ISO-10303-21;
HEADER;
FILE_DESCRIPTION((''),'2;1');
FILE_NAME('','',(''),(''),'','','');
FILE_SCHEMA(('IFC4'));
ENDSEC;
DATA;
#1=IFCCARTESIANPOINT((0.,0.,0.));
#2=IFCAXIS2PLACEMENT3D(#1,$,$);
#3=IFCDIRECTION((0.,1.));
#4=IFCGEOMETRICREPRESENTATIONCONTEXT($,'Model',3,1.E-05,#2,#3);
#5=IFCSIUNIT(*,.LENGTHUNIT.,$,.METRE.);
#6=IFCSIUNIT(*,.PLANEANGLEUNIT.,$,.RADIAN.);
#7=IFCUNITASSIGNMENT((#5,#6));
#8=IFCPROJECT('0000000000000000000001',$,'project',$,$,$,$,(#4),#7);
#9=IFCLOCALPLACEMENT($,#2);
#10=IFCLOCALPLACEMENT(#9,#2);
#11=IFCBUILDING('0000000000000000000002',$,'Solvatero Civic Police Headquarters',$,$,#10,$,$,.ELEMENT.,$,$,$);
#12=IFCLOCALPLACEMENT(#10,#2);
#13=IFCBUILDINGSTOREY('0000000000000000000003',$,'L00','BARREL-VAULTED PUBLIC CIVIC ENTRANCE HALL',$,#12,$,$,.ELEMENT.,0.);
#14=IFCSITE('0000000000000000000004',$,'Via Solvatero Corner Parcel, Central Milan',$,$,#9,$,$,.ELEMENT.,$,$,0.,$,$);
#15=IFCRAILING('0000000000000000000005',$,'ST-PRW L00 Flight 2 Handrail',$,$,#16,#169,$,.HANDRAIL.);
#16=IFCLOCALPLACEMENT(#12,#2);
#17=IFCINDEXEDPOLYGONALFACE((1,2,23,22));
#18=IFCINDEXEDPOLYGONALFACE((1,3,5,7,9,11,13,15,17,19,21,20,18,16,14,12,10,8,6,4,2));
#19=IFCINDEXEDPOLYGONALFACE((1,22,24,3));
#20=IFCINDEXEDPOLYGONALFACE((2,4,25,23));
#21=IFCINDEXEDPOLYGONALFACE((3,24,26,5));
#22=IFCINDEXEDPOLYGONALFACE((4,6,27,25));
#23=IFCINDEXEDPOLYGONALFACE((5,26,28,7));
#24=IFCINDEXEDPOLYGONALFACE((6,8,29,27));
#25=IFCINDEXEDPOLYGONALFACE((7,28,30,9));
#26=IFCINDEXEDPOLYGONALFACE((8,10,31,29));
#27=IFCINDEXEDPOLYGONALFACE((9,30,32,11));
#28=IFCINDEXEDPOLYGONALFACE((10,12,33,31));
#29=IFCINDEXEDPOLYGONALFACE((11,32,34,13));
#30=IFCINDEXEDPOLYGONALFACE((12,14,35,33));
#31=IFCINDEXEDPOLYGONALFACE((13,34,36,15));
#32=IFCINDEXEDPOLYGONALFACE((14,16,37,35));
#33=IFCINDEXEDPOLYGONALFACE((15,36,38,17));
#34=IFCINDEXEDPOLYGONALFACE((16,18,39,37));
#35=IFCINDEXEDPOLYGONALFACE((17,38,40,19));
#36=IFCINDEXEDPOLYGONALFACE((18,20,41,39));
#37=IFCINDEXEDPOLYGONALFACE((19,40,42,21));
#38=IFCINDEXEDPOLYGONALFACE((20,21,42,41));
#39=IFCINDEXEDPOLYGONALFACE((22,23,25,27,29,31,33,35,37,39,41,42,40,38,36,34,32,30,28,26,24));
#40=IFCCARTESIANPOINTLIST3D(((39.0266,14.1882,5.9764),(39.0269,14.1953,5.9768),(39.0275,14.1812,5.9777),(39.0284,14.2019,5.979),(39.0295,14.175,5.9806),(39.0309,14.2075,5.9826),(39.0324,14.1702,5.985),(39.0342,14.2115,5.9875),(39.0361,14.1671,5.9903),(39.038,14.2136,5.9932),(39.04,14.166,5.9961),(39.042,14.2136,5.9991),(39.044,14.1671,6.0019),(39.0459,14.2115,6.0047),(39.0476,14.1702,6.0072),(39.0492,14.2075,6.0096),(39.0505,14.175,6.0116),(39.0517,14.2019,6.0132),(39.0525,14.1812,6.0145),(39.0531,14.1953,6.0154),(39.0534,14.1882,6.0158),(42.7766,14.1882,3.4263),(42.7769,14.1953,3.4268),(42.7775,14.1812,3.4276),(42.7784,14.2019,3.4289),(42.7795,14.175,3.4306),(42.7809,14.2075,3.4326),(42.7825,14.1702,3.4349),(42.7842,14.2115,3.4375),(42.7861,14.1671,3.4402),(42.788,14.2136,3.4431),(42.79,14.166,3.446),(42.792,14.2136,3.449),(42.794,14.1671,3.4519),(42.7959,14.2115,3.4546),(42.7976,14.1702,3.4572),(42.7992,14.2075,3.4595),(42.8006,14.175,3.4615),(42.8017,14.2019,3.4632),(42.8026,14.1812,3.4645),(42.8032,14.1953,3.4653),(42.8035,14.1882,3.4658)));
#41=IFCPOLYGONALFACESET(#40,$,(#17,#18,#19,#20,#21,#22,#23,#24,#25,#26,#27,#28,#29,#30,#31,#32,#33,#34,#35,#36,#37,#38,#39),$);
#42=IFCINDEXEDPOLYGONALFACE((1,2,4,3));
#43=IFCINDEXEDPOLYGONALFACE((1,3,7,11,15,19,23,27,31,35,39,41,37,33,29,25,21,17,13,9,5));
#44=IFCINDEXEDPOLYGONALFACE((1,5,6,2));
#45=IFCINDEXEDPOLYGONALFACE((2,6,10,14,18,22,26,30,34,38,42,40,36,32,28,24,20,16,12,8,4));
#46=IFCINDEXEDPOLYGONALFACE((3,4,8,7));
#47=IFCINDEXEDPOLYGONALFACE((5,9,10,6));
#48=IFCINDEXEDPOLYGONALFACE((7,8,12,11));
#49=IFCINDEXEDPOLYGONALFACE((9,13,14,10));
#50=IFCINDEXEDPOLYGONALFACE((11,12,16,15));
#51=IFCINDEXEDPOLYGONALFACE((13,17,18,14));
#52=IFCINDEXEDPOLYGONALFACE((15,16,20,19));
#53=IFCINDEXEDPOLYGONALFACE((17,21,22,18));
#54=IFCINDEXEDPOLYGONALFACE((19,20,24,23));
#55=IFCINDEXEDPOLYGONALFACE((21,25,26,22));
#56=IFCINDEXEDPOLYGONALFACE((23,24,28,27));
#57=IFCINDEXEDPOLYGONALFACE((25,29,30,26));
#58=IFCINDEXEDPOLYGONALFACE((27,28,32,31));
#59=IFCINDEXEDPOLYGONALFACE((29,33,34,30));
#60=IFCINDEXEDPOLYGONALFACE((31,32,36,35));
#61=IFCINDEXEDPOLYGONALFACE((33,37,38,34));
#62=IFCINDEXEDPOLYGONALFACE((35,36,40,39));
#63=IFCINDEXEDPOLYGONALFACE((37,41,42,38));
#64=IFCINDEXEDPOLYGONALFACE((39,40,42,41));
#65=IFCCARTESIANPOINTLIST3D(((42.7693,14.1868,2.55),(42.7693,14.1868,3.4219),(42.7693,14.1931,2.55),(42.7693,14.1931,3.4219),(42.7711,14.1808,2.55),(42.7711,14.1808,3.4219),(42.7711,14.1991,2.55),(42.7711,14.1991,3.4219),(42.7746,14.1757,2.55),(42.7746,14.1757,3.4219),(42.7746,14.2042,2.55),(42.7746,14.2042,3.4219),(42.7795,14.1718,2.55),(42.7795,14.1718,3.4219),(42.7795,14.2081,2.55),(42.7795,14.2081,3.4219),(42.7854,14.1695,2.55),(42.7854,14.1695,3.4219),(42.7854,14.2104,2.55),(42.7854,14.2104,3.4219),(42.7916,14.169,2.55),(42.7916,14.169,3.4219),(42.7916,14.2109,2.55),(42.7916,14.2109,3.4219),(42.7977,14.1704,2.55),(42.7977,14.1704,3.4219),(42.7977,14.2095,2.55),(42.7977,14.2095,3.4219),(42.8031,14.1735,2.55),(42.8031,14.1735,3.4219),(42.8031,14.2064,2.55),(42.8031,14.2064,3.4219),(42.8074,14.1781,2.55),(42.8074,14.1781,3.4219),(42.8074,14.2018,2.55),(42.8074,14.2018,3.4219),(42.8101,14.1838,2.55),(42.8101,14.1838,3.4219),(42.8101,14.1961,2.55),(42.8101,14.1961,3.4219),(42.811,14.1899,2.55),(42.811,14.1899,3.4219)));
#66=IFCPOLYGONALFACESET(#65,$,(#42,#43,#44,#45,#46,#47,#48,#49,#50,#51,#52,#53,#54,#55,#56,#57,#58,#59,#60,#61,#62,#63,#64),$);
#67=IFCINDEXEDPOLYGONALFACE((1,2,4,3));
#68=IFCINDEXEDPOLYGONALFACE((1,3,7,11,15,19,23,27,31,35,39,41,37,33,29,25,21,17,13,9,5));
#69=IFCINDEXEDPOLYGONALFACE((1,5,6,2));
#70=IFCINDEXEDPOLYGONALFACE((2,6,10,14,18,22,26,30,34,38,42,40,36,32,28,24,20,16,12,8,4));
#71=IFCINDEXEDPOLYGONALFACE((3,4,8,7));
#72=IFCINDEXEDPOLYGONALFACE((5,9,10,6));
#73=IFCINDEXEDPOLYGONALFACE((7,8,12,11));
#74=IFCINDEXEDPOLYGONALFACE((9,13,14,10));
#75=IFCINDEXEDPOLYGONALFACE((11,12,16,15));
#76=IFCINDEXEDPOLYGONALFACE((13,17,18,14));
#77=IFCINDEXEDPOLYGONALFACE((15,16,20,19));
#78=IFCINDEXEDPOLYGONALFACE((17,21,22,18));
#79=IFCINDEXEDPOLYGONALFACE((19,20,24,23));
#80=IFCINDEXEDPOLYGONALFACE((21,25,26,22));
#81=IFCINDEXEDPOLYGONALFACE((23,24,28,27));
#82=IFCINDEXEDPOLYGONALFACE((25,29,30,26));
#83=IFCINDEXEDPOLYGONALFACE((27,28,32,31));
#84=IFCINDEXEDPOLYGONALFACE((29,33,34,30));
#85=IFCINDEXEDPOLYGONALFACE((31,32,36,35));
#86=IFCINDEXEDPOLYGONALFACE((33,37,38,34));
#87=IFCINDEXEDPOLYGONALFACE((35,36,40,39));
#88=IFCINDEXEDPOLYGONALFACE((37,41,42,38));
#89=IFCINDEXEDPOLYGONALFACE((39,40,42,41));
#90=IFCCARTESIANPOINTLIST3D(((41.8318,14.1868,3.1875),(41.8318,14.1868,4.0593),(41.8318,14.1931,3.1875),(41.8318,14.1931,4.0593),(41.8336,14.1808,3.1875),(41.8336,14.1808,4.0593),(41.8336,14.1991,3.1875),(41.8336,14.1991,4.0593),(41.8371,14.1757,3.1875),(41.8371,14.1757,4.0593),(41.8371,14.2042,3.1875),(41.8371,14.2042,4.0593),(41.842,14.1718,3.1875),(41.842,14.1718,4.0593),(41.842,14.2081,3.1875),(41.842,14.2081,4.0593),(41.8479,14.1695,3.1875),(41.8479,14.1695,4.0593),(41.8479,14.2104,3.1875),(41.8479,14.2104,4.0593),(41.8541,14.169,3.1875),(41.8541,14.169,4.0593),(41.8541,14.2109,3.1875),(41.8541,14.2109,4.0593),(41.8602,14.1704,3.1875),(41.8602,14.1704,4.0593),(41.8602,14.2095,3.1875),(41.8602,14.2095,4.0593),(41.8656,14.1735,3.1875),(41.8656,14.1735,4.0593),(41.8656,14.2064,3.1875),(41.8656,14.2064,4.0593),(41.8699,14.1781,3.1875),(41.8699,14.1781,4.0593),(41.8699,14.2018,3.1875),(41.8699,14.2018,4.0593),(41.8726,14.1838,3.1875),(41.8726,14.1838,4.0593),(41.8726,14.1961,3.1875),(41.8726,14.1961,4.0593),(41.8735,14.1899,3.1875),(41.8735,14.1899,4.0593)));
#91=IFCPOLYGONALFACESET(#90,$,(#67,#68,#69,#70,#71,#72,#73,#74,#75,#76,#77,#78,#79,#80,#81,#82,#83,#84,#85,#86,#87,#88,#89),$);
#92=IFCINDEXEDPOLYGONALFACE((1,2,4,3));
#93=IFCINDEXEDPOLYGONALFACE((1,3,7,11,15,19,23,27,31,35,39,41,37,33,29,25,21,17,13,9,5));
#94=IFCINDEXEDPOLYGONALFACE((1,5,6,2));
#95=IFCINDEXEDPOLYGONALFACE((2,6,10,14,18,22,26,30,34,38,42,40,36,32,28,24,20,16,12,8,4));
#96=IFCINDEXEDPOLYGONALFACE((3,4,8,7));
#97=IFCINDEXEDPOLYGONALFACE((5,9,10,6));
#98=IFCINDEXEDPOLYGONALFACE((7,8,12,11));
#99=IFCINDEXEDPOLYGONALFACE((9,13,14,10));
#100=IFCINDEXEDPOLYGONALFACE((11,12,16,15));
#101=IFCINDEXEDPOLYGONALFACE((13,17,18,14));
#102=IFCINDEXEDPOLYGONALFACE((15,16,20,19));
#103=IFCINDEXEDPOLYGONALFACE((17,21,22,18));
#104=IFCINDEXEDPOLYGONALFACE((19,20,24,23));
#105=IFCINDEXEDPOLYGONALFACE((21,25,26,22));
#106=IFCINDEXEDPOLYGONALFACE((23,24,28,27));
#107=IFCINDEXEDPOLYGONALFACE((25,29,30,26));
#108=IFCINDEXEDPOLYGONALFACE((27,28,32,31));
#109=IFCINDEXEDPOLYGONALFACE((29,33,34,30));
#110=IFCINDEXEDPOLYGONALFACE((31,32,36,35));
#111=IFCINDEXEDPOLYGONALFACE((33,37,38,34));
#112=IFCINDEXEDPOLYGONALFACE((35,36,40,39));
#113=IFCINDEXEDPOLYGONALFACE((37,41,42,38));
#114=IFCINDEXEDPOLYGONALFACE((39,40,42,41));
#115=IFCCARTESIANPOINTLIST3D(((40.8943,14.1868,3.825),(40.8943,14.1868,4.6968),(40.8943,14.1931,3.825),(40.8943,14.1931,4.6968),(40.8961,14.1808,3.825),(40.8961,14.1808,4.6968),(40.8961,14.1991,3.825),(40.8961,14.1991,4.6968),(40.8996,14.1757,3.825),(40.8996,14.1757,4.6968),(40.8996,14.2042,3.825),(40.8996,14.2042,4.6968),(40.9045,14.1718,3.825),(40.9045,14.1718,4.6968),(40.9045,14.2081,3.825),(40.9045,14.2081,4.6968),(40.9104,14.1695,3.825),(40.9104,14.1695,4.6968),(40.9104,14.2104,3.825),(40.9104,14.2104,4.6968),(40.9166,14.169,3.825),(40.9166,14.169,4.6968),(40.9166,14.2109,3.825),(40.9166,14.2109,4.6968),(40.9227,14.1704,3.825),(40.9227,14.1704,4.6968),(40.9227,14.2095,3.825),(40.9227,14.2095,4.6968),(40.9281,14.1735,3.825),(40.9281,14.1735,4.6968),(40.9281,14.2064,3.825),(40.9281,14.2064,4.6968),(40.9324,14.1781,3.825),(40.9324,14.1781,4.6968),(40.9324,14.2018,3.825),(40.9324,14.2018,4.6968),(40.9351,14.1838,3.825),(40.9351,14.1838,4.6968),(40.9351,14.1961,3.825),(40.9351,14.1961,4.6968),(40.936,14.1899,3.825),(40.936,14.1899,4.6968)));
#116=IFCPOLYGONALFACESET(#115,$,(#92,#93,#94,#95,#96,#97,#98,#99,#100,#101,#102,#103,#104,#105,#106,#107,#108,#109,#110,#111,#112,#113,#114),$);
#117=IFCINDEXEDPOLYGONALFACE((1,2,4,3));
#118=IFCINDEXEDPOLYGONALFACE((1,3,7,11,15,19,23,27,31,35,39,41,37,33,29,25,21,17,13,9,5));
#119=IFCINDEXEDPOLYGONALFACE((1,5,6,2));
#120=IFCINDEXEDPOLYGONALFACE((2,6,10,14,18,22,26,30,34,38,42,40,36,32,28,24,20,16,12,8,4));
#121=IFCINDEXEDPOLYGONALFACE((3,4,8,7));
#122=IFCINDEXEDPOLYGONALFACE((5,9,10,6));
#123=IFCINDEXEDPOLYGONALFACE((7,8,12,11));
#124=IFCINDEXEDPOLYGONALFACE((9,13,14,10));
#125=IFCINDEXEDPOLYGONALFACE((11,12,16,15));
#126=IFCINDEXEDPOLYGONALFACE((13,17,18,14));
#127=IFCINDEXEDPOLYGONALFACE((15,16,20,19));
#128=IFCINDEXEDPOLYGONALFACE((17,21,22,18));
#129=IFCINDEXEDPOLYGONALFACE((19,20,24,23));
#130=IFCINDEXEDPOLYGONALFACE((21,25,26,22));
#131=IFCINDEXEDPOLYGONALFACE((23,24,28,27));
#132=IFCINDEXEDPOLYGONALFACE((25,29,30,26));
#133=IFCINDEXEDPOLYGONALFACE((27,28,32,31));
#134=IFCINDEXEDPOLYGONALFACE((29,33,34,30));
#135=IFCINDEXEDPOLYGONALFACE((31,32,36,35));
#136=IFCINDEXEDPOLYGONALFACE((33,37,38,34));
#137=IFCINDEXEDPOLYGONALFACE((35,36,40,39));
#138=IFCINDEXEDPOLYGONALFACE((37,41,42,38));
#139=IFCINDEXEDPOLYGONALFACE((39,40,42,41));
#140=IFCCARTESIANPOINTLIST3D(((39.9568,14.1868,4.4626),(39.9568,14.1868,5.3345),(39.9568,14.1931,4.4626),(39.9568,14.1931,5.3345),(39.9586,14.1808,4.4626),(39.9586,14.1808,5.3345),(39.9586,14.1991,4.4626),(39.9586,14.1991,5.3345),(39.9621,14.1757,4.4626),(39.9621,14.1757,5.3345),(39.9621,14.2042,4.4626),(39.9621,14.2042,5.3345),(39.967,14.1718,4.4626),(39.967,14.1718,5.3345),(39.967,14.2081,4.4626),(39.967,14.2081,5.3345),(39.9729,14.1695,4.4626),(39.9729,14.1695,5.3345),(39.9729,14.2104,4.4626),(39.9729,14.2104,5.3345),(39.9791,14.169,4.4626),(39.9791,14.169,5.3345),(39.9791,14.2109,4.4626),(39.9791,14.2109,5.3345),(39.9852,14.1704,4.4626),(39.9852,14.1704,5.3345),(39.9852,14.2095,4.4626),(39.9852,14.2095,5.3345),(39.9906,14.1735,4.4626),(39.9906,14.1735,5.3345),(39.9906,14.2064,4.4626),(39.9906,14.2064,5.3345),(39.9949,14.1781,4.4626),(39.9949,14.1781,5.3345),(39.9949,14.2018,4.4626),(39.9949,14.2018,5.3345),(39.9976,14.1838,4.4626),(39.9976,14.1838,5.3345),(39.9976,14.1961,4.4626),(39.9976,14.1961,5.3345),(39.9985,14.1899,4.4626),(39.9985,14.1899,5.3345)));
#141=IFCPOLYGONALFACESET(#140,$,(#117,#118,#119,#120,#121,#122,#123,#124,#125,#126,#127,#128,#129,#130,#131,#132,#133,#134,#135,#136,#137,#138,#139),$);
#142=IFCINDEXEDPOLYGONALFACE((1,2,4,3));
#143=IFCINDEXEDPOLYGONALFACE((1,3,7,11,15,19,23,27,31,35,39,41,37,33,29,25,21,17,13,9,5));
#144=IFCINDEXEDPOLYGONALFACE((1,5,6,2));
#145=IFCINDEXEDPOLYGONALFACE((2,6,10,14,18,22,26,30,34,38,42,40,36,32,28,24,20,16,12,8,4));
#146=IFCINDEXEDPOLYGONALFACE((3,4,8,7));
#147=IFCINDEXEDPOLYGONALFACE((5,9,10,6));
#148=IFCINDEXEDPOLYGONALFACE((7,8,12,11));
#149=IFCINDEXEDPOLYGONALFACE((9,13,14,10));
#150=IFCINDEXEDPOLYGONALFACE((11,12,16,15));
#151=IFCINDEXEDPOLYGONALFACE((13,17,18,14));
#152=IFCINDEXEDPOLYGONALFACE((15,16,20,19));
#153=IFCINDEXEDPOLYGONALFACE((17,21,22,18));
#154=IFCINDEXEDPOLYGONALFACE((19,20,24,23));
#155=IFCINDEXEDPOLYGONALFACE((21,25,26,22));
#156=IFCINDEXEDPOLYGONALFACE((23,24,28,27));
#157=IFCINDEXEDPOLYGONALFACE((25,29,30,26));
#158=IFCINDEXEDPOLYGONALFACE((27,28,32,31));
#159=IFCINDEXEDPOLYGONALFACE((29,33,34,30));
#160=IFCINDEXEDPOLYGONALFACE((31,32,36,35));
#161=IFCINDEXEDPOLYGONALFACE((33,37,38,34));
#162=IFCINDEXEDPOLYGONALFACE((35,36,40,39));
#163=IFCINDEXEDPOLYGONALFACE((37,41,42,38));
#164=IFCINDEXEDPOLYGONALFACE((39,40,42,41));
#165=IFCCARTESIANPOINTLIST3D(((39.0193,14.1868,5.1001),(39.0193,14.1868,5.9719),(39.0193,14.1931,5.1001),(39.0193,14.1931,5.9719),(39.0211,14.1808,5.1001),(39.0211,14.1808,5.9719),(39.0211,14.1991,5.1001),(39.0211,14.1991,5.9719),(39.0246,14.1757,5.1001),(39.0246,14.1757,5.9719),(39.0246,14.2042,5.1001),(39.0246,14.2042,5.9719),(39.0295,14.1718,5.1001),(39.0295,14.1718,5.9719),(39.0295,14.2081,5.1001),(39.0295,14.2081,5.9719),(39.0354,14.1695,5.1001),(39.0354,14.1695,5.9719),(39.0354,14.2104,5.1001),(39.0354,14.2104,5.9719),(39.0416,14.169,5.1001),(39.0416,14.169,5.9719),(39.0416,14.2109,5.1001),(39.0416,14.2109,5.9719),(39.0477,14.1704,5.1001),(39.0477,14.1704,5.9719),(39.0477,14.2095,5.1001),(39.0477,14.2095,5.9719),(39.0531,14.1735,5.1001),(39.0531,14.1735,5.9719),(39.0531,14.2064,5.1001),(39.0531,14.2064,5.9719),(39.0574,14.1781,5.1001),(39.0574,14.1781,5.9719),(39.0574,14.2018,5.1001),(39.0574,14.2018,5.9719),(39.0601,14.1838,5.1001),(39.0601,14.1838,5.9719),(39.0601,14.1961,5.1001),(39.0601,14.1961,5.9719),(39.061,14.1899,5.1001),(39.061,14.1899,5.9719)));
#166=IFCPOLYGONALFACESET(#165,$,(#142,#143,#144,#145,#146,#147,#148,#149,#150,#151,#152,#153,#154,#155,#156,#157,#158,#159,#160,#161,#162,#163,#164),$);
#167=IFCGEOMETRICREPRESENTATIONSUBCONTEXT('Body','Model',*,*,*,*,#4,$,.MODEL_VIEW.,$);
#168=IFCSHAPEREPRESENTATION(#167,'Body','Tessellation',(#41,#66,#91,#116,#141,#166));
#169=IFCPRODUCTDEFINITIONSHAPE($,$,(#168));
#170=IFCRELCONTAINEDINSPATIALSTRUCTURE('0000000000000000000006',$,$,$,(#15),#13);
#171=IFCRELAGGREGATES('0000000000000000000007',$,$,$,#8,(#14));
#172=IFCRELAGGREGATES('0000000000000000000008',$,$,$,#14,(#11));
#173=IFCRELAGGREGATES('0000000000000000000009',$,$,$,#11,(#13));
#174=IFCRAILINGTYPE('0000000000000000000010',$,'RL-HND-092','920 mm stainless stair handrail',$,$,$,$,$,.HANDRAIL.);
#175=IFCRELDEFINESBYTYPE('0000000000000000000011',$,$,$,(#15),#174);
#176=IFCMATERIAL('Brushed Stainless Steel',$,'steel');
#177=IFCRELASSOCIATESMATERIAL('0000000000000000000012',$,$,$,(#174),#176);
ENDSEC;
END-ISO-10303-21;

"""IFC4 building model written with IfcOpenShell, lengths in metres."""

from ifc_helpers import new_model, si_unit, direction, frame, origin, origin_2d, place, context, subcontext, project, spatial, circle, extrude, material, type_object, element, save


model = new_model("IFC4")

# Units and contexts
model_context = context("Model", 3, precision=1e-05, world=origin(), true_north=direction((0.0, 1.0)))
body_context = subcontext(model_context, "Body", "Model", "MODEL_VIEW")
ifc_project = project(units=[si_unit("LENGTHUNIT", "METRE"), si_unit("PLANEANGLEUNIT", "RADIAN")], contexts=[model_context])

# Site, building, storey
site_placement = place(None, origin())
site = spatial("IfcSite", under=ifc_project, at=site_placement, Name="Via Solvatero Corner Parcel, Central Milan", CompositionType="ELEMENT", RefElevation=0.0)
building_placement = place(site_placement, origin())
building = spatial("IfcBuilding", under=site, at=building_placement, Name="Solvatero Civic Police Headquarters", CompositionType="ELEMENT")
storey_placement = place(building_placement, origin())
storey = spatial("IfcBuildingStorey", under=building, at=storey_placement, Name="L00", Description="BARREL-VAULTED PUBLIC CIVIC ENTRANCE HALL", CompositionType="ELEMENT", Elevation=0.0)

# Railing
ifc_material_1 = material(Name="Brushed Stainless Steel", Category="steel")
railing_type_1 = type_object("IfcRailingType", Name="RL-HND-092", Description="920 mm stainless stair handrail", PredefinedType="HANDRAIL", material=ifc_material_1)
railing_1_placement = place(storey_placement, frame((42.79, 14.1899, 2.55)))
element("IfcRailing", 1, at=railing_1_placement, inside=storey, type_object=railing_type_1, Name="ST-PRW L00 Flight 2 Handrail", PredefinedType="HANDRAIL", context=body_context, shape_type="SweptSolid", body=[
    extrude(circle(Radius=0.0239, at=origin_2d()), frame((0.0, 0.0, 0.896), z_axis=(-0.826921, 0.0, 0.562317), x_axis=(0.0, -1.0, 0.0)), (0.0, 0.0, 1.0), 4.5349),
    extrude(circle(Radius=0.021, at=origin_2d()), origin(), (0.0, 0.0, 1.0), 0.8718),
    extrude(circle(Radius=0.021, at=origin_2d()), frame((-0.9375, 0.0, 0.6375)), (0.0, 0.0, 1.0), 0.8718),
    extrude(circle(Radius=0.021, at=origin_2d()), frame((-1.875, 0.0, 1.2749)), (0.0, 0.0, 1.0), 0.8718),
    extrude(circle(Radius=0.021, at=origin_2d()), frame((-2.8125, 0.0, 1.9126)), (0.0, 0.0, 1.0), 0.8718),
    extrude(circle(Radius=0.021, at=origin_2d()), frame((-3.75, 0.0, 2.55)), (0.0, 0.0, 1.0), 0.8718),
])

save(model, "model.ifc")
